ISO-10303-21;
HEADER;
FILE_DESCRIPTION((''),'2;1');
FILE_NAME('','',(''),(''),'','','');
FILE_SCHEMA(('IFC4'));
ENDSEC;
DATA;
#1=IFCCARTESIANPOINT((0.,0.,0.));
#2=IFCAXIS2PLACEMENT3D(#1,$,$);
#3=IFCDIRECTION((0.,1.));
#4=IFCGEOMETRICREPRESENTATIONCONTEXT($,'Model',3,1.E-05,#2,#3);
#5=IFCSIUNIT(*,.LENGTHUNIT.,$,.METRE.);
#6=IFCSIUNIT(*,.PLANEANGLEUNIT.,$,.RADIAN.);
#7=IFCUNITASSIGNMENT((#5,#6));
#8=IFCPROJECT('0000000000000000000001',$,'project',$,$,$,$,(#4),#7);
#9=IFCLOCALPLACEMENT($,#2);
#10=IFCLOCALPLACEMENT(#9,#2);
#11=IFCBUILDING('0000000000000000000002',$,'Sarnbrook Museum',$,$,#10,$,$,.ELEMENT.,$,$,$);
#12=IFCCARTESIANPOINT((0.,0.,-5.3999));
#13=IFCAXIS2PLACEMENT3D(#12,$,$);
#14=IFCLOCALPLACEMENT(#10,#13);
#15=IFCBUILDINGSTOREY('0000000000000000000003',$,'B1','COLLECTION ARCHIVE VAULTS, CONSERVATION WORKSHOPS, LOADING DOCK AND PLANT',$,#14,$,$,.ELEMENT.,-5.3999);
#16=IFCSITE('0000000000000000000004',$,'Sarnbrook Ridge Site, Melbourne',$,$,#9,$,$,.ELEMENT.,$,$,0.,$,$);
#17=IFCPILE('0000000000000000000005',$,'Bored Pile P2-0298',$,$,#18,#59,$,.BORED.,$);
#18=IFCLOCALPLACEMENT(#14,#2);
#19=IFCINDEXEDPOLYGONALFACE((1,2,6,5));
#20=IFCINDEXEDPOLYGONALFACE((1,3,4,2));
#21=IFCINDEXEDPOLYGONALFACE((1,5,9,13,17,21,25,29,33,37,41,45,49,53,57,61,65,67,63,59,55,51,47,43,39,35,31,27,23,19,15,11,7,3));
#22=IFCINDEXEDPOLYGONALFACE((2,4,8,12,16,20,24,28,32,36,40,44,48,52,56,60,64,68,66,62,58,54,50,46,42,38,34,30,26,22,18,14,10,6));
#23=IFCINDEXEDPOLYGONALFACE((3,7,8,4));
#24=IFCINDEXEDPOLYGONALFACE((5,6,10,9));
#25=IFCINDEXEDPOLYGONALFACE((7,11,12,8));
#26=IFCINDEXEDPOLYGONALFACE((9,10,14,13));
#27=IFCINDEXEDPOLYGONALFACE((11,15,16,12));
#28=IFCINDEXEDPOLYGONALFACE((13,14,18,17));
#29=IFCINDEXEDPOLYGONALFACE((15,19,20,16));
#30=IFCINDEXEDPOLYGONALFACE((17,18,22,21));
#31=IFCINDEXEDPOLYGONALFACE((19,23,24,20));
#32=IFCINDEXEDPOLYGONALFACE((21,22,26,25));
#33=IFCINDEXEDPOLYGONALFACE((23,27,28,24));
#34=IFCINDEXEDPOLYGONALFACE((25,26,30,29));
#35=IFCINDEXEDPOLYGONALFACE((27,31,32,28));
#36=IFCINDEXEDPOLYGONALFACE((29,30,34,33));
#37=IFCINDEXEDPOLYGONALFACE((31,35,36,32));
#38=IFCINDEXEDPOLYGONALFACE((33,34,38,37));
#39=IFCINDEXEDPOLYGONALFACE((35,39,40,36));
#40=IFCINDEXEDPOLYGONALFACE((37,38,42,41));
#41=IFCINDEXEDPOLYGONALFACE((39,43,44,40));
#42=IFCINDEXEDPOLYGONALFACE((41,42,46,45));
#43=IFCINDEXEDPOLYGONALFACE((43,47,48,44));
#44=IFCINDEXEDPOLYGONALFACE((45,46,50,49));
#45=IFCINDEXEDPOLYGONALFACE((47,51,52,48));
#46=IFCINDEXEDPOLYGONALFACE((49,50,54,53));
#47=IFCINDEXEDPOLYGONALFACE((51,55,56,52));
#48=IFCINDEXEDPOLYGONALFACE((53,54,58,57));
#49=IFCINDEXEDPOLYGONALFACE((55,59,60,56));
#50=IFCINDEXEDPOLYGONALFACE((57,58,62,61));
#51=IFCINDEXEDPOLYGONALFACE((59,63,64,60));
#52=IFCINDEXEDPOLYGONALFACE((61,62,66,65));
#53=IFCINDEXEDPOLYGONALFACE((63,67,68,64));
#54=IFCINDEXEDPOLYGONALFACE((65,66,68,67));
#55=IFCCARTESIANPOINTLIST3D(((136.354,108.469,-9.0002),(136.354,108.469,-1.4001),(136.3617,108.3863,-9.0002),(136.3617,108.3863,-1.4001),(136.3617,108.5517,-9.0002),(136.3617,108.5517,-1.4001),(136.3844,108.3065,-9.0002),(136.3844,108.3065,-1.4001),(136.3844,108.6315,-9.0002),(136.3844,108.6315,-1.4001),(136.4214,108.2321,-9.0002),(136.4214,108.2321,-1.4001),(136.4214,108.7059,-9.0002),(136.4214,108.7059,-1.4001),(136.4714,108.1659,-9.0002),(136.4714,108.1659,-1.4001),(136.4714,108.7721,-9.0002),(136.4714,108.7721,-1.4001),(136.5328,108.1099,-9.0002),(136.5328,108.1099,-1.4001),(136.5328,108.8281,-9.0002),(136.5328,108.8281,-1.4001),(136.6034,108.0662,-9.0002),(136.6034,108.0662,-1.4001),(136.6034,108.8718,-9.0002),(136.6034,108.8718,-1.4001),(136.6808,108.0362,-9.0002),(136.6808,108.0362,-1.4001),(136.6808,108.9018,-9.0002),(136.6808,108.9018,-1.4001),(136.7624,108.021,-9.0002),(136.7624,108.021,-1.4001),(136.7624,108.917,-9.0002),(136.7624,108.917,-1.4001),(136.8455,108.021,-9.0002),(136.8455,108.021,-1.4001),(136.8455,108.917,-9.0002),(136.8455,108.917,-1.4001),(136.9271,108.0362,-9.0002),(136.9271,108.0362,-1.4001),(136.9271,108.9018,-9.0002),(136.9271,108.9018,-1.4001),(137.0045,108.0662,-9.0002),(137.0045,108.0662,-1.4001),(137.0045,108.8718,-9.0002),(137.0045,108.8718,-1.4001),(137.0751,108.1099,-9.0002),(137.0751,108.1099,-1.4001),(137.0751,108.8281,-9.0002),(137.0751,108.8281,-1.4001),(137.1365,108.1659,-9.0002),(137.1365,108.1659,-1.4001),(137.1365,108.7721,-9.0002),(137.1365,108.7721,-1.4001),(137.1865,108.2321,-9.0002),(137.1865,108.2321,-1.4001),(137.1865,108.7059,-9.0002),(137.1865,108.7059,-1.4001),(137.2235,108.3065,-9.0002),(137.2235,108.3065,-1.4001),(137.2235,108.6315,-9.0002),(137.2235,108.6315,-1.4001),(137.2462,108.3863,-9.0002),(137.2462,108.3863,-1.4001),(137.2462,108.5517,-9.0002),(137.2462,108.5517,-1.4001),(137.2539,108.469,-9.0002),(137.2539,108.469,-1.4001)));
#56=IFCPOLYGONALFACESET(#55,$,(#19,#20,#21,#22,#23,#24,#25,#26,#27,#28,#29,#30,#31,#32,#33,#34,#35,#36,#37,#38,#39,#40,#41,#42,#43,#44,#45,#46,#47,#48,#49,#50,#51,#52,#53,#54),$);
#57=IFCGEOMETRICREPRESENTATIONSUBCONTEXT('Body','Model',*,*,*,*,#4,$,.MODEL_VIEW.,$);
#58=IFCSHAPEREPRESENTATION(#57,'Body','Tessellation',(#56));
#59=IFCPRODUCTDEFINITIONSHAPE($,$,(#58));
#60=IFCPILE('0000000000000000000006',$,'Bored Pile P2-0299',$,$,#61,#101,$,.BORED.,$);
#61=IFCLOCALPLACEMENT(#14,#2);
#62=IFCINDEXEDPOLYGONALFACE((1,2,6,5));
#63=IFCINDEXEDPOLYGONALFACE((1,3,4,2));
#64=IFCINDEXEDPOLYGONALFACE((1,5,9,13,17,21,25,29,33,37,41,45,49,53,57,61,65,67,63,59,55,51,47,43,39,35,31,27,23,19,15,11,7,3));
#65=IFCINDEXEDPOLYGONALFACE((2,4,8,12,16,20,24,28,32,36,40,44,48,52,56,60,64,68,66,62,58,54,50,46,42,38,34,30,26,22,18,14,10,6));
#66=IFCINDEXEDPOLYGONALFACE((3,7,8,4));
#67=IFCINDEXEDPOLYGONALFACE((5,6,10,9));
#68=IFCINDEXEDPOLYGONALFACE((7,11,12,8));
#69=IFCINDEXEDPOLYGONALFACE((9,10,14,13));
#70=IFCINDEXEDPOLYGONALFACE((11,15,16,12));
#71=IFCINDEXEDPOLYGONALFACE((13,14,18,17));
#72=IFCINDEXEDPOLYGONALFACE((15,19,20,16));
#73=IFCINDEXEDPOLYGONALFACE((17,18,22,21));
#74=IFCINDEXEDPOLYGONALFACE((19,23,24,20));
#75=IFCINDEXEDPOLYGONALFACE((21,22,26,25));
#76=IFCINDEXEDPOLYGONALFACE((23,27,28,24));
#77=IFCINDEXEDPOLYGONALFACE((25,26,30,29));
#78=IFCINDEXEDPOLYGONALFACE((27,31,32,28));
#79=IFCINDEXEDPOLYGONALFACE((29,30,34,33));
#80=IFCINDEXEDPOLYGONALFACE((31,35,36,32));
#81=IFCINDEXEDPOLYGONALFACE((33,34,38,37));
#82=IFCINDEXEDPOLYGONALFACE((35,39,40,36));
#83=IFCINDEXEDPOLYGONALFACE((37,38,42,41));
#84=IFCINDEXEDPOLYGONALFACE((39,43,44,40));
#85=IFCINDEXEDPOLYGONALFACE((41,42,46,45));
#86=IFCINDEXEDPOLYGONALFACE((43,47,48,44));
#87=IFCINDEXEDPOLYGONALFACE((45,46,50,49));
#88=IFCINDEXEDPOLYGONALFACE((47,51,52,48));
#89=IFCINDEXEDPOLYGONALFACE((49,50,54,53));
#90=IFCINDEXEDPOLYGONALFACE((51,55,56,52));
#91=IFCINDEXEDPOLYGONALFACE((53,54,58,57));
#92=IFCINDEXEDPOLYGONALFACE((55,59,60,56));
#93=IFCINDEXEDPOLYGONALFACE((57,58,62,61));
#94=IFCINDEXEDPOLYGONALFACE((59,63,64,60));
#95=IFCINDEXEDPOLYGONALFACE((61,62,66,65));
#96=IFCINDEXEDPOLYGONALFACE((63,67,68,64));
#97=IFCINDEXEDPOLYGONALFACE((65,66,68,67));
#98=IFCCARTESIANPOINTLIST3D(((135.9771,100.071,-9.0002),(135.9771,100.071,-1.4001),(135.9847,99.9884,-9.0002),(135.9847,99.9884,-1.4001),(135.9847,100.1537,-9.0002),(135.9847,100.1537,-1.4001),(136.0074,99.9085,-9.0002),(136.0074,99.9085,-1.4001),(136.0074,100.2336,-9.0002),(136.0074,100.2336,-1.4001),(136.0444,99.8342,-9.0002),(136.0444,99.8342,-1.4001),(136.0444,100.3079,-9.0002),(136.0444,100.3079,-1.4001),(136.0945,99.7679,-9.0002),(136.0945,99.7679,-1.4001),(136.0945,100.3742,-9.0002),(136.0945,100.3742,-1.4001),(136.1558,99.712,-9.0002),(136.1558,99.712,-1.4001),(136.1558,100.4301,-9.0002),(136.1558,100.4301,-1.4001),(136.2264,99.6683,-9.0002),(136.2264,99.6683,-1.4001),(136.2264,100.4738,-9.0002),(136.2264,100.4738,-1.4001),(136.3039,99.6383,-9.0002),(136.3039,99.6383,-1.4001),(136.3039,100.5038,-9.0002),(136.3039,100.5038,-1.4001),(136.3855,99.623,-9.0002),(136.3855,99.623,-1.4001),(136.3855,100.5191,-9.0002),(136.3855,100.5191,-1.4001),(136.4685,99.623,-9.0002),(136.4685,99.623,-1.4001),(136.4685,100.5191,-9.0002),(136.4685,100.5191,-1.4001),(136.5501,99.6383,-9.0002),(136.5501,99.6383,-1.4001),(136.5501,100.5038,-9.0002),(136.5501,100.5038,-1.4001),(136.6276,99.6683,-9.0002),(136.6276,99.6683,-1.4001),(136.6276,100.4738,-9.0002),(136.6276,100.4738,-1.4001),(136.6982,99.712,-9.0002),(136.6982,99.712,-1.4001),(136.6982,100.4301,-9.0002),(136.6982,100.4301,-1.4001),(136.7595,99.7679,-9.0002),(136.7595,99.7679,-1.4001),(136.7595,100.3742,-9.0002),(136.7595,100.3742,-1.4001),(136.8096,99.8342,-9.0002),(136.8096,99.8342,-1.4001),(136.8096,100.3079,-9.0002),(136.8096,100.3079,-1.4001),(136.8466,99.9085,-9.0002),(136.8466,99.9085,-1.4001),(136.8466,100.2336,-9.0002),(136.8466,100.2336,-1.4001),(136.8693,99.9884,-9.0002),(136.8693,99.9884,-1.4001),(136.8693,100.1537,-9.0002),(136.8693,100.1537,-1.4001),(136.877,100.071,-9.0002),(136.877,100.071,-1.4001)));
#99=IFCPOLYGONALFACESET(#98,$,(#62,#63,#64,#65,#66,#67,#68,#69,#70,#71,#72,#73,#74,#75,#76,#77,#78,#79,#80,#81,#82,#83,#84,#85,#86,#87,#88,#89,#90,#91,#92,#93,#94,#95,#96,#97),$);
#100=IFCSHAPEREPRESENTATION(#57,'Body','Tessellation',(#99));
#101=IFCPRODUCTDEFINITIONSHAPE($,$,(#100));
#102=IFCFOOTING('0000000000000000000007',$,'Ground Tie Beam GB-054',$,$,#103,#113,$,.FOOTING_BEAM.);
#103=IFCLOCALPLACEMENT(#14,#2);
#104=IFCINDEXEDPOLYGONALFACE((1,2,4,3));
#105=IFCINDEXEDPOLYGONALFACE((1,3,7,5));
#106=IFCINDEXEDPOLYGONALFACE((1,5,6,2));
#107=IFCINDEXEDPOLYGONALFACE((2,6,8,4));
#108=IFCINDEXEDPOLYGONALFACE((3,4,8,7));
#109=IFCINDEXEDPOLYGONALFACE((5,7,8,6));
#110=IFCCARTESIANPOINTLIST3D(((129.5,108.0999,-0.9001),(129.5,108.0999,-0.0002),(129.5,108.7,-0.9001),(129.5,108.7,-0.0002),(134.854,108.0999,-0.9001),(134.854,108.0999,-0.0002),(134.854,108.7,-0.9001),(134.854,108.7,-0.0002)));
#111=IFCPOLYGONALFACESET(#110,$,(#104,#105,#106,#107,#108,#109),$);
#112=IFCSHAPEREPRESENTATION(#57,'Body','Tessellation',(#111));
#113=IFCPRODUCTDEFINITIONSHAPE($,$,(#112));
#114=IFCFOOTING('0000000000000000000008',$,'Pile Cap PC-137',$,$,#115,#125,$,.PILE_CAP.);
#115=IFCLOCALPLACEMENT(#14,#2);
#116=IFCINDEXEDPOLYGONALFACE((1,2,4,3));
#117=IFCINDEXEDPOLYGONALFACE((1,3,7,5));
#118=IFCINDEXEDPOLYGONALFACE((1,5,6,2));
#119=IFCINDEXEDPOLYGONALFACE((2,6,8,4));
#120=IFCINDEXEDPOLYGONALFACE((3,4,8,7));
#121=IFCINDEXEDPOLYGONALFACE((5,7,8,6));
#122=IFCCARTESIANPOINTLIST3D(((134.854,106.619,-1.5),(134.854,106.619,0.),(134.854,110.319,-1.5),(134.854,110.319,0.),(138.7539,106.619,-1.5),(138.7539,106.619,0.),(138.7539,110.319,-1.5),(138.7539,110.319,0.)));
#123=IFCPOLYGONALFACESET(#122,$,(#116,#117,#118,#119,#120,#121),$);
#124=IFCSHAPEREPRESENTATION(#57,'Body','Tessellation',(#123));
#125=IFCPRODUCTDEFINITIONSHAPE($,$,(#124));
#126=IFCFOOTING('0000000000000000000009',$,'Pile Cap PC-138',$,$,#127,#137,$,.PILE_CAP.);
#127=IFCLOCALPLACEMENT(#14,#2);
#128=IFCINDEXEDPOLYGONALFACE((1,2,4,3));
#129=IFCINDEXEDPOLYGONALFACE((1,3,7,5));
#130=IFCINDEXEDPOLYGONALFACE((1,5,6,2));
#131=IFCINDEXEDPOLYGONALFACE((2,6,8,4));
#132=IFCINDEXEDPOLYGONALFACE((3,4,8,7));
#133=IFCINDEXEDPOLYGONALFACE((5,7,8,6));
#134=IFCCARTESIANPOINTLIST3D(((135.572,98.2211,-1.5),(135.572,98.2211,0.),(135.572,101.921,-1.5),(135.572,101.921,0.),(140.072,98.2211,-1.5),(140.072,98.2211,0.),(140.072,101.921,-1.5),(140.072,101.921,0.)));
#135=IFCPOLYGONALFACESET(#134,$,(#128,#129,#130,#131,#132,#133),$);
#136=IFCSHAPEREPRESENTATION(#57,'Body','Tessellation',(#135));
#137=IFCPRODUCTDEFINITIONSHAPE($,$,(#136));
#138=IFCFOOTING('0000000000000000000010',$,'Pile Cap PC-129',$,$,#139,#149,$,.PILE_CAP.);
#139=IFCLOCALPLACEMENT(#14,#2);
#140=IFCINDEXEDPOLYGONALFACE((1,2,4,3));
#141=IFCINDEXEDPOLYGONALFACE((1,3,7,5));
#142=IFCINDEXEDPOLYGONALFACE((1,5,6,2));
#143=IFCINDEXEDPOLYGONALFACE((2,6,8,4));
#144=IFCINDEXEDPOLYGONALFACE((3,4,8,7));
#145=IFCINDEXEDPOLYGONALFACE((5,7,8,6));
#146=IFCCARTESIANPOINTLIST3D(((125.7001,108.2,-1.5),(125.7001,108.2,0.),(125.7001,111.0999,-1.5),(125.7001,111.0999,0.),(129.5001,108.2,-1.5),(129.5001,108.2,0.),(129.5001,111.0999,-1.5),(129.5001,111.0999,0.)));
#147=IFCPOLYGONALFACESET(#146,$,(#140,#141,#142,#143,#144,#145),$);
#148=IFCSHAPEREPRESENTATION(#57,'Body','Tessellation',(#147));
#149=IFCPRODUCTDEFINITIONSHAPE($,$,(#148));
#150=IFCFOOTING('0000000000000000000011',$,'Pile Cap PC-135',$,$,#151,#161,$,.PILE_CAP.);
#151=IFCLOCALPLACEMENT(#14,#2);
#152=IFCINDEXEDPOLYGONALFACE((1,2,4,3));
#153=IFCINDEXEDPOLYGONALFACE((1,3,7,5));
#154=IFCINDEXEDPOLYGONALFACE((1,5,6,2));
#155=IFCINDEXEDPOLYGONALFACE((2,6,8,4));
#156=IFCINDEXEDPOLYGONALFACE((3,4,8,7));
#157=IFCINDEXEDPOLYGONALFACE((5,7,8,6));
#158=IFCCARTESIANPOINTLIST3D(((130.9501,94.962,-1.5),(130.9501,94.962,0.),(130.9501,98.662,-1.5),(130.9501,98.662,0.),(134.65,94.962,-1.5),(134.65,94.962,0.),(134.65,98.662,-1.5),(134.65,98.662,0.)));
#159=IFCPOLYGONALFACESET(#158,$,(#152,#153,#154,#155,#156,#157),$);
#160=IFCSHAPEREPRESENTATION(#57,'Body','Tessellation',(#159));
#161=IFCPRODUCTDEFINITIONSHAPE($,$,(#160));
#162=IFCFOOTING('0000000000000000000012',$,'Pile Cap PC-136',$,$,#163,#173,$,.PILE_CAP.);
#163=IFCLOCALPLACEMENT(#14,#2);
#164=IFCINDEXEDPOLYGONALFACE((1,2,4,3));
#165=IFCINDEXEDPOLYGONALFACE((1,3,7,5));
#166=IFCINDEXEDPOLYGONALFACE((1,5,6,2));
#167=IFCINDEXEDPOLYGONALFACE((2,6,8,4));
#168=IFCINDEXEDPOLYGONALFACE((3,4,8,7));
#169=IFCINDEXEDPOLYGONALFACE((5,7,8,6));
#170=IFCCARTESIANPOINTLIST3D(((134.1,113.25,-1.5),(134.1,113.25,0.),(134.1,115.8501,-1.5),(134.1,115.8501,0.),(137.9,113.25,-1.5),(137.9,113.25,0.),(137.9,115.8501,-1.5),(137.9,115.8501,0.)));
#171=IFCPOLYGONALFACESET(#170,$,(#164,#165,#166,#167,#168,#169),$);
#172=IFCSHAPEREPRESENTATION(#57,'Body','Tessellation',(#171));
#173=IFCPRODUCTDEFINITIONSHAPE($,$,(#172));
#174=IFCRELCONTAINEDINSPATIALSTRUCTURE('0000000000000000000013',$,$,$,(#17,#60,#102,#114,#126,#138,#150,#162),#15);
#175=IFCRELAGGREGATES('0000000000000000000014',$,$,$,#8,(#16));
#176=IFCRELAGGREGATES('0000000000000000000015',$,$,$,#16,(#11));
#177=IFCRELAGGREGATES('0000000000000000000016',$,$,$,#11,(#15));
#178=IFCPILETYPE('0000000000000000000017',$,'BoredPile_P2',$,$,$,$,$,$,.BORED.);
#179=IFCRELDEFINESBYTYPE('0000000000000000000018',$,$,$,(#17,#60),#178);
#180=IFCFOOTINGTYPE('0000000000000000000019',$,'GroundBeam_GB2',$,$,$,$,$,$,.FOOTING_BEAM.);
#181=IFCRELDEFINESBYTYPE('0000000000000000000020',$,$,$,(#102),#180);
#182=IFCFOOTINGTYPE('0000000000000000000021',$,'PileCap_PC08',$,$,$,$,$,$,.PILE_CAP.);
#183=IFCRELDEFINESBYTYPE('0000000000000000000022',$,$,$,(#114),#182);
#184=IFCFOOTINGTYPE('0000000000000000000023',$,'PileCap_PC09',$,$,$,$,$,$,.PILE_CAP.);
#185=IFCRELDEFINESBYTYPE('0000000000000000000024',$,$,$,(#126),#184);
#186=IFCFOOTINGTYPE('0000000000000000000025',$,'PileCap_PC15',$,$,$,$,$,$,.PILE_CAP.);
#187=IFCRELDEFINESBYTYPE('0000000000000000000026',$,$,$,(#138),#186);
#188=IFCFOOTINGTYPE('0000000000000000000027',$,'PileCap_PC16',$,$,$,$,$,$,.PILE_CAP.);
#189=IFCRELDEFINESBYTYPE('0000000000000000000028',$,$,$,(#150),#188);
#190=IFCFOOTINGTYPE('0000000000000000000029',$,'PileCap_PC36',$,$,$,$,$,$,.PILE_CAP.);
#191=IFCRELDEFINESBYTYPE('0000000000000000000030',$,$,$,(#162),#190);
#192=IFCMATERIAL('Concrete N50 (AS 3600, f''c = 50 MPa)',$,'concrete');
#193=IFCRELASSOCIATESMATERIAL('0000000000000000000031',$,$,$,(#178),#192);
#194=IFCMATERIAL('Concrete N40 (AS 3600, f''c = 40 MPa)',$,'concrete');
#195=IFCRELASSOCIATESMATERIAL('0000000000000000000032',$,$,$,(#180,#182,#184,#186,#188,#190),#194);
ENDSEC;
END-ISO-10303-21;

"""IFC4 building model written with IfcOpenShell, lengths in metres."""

from ifc_helpers import new_model, si_unit, direction, frame, origin, origin_2d, place, context, subcontext, project, spatial, rectangle, circle, extrude, material, material_profile, profile_set, type_object, element, save


model = new_model("IFC4")

# Units and contexts
model_context = context("Model", 3, precision=1e-05, world=origin(), true_north=direction((0.0, 1.0)))
body_context = subcontext(model_context, "Body", "Model", "MODEL_VIEW")
ifc_project = project(units=[si_unit("LENGTHUNIT", "METRE"), si_unit("PLANEANGLEUNIT", "RADIAN")], contexts=[model_context])

# Site, building, storey
site_placement = place(None, origin())
site = spatial("IfcSite", under=ifc_project, at=site_placement, Name="Sarnbrook Ridge Site, Melbourne", CompositionType="ELEMENT", RefElevation=0.0)
building_placement = place(site_placement, origin())
building = spatial("IfcBuilding", under=site, at=building_placement, Name="Sarnbrook Museum", CompositionType="ELEMENT")
storey_placement = place(building_placement, frame((0.0, 0.0, -5.3999)))
storey = spatial("IfcBuildingStorey", under=building, at=storey_placement, Name="B1", Description="COLLECTION ARCHIVE VAULTS, CONSERVATION WORKSHOPS, LOADING DOCK AND PLANT", CompositionType="ELEMENT", Elevation=-5.3999)

# Piles
ifc_material_1 = material(Name="Concrete N50 (AS 3600, f'c = 50 MPa)", Category="concrete")
ifc_material_profile_1 = material_profile(ifc_material_1, circle(Radius=0.45, at=origin_2d()), Name="BORED PILE D900")
ifc_profile_set_1 = profile_set([ifc_material_profile_1], Name="Concrete N50 (AS 3600, f'c = 50 MPa)")
pile_type = type_object("IfcPileType", Name="BoredPile_P2", PredefinedType="BORED", material=ifc_profile_set_1)
for number, where, z_axis, x_axis, name in (
    (1, (136.804, 108.469, -1.4001), (0.0, 0.0, -1.0), (1.0, 0.0, 0.0), "Bored Pile P2-0298"),
    (2, (136.427, 100.071, -1.4001), (0.0, 0.0, -1.0), (1.0, 0.0, 0.0), "Bored Pile P2-0299"),
):
    element("IfcPile", number, at=place(storey_placement, frame(where, z_axis=z_axis, x_axis=x_axis)), inside=storey, type_object=pile_type, Name=name, PredefinedType="BORED", context=body_context, shape_type="SweptSolid", body=[
        extrude(circle(Radius=0.45, at=origin_2d()), origin(), (0.0, 0.0, 1.0), 7.6001),
    ])

# Footings
ifc_material_2 = material(Name="Concrete N40 (AS 3600, f'c = 40 MPa)", Category="concrete")
footing_type_1 = type_object("IfcFootingType", Name="GroundBeam_GB2", PredefinedType="FOOTING_BEAM", material=ifc_material_2)
footing_1_placement = place(storey_placement, frame((132.177, 108.3999, -0.9001), z_axis=(0.0, 0.0, 1.0), x_axis=(1.0, 0.0, 0.0)))
element("IfcFooting", 3, at=footing_1_placement, inside=storey, type_object=footing_type_1, Name="Ground Tie Beam GB-054", PredefinedType="FOOTING_BEAM", context=body_context, shape_type="SweptSolid", body=[
    extrude(rectangle(XDim=5.354, YDim=0.6001, at=origin_2d()), origin(), (0.0, 0.0, 1.0), 0.8999),
])
footing_type_2 = type_object("IfcFootingType", Name="PileCap_PC08", PredefinedType="PILE_CAP", material=ifc_material_2)
footing_2_placement = place(storey_placement, frame((136.804, 108.469, -1.5), z_axis=(0.0, 0.0, 1.0), x_axis=(1.0, 0.0, 0.0)))
element("IfcFooting", 4, at=footing_2_placement, inside=storey, type_object=footing_type_2, Name="Pile Cap PC-137", PredefinedType="PILE_CAP", context=body_context, shape_type="SweptSolid", body=[
    extrude(rectangle(XDim=3.8999, YDim=3.7, at=origin_2d()), origin(), (0.0, 0.0, 1.0), 1.5),
])
footing_type_3 = type_object("IfcFootingType", Name="PileCap_PC09", PredefinedType="PILE_CAP", material=ifc_material_2)
footing_3_placement = place(storey_placement, frame((137.822, 100.071, -1.5), z_axis=(0.0, 0.0, 1.0), x_axis=(1.0, 0.0, 0.0)))
element("IfcFooting", 5, at=footing_3_placement, inside=storey, type_object=footing_type_3, Name="Pile Cap PC-138", PredefinedType="PILE_CAP", context=body_context, shape_type="SweptSolid", body=[
    extrude(rectangle(XDim=4.5, YDim=3.7, at=origin_2d()), origin(), (0.0, 0.0, 1.0), 1.5),
])
footing_type_4 = type_object("IfcFootingType", Name="PileCap_PC15", PredefinedType="PILE_CAP", material=ifc_material_2)
footing_4_placement = place(storey_placement, frame((127.6001, 109.6499, -1.5), z_axis=(0.0, 0.0, 1.0), x_axis=(1.0, 0.0, 0.0)))
element("IfcFooting", 6, at=footing_4_placement, inside=storey, type_object=footing_type_4, Name="Pile Cap PC-129", PredefinedType="PILE_CAP", context=body_context, shape_type="SweptSolid", body=[
    extrude(rectangle(XDim=3.8, YDim=2.8999, at=origin_2d()), origin(), (0.0, 0.0, 1.0), 1.5),
])
footing_type_5 = type_object("IfcFootingType", Name="PileCap_PC16", PredefinedType="PILE_CAP", material=ifc_material_2)
footing_5_placement = place(storey_placement, frame((132.8, 96.812, -1.5), z_axis=(0.0, 0.0, 1.0), x_axis=(1.0, 0.0, 0.0)))
element("IfcFooting", 7, at=footing_5_placement, inside=storey, type_object=footing_type_5, Name="Pile Cap PC-135", PredefinedType="PILE_CAP", context=body_context, shape_type="SweptSolid", body=[
    extrude(rectangle(XDim=3.7, YDim=3.7, at=origin_2d()), origin(), (0.0, 0.0, 1.0), 1.5),
])
footing_type_6 = type_object("IfcFootingType", Name="PileCap_PC36", PredefinedType="PILE_CAP", material=ifc_material_2)
footing_6_placement = place(storey_placement, frame((136.0, 114.55, -1.5), z_axis=(0.0, 0.0, 1.0), x_axis=(1.0, 0.0, 0.0)))
element("IfcFooting", 8, at=footing_6_placement, inside=storey, type_object=footing_type_6, Name="Pile Cap PC-136", PredefinedType="PILE_CAP", context=body_context, shape_type="SweptSolid", body=[
    extrude(rectangle(XDim=3.8, YDim=2.6001, at=origin_2d()), origin(), (0.0, 0.0, 1.0), 1.5),
])

save(model, "model.ifc")
